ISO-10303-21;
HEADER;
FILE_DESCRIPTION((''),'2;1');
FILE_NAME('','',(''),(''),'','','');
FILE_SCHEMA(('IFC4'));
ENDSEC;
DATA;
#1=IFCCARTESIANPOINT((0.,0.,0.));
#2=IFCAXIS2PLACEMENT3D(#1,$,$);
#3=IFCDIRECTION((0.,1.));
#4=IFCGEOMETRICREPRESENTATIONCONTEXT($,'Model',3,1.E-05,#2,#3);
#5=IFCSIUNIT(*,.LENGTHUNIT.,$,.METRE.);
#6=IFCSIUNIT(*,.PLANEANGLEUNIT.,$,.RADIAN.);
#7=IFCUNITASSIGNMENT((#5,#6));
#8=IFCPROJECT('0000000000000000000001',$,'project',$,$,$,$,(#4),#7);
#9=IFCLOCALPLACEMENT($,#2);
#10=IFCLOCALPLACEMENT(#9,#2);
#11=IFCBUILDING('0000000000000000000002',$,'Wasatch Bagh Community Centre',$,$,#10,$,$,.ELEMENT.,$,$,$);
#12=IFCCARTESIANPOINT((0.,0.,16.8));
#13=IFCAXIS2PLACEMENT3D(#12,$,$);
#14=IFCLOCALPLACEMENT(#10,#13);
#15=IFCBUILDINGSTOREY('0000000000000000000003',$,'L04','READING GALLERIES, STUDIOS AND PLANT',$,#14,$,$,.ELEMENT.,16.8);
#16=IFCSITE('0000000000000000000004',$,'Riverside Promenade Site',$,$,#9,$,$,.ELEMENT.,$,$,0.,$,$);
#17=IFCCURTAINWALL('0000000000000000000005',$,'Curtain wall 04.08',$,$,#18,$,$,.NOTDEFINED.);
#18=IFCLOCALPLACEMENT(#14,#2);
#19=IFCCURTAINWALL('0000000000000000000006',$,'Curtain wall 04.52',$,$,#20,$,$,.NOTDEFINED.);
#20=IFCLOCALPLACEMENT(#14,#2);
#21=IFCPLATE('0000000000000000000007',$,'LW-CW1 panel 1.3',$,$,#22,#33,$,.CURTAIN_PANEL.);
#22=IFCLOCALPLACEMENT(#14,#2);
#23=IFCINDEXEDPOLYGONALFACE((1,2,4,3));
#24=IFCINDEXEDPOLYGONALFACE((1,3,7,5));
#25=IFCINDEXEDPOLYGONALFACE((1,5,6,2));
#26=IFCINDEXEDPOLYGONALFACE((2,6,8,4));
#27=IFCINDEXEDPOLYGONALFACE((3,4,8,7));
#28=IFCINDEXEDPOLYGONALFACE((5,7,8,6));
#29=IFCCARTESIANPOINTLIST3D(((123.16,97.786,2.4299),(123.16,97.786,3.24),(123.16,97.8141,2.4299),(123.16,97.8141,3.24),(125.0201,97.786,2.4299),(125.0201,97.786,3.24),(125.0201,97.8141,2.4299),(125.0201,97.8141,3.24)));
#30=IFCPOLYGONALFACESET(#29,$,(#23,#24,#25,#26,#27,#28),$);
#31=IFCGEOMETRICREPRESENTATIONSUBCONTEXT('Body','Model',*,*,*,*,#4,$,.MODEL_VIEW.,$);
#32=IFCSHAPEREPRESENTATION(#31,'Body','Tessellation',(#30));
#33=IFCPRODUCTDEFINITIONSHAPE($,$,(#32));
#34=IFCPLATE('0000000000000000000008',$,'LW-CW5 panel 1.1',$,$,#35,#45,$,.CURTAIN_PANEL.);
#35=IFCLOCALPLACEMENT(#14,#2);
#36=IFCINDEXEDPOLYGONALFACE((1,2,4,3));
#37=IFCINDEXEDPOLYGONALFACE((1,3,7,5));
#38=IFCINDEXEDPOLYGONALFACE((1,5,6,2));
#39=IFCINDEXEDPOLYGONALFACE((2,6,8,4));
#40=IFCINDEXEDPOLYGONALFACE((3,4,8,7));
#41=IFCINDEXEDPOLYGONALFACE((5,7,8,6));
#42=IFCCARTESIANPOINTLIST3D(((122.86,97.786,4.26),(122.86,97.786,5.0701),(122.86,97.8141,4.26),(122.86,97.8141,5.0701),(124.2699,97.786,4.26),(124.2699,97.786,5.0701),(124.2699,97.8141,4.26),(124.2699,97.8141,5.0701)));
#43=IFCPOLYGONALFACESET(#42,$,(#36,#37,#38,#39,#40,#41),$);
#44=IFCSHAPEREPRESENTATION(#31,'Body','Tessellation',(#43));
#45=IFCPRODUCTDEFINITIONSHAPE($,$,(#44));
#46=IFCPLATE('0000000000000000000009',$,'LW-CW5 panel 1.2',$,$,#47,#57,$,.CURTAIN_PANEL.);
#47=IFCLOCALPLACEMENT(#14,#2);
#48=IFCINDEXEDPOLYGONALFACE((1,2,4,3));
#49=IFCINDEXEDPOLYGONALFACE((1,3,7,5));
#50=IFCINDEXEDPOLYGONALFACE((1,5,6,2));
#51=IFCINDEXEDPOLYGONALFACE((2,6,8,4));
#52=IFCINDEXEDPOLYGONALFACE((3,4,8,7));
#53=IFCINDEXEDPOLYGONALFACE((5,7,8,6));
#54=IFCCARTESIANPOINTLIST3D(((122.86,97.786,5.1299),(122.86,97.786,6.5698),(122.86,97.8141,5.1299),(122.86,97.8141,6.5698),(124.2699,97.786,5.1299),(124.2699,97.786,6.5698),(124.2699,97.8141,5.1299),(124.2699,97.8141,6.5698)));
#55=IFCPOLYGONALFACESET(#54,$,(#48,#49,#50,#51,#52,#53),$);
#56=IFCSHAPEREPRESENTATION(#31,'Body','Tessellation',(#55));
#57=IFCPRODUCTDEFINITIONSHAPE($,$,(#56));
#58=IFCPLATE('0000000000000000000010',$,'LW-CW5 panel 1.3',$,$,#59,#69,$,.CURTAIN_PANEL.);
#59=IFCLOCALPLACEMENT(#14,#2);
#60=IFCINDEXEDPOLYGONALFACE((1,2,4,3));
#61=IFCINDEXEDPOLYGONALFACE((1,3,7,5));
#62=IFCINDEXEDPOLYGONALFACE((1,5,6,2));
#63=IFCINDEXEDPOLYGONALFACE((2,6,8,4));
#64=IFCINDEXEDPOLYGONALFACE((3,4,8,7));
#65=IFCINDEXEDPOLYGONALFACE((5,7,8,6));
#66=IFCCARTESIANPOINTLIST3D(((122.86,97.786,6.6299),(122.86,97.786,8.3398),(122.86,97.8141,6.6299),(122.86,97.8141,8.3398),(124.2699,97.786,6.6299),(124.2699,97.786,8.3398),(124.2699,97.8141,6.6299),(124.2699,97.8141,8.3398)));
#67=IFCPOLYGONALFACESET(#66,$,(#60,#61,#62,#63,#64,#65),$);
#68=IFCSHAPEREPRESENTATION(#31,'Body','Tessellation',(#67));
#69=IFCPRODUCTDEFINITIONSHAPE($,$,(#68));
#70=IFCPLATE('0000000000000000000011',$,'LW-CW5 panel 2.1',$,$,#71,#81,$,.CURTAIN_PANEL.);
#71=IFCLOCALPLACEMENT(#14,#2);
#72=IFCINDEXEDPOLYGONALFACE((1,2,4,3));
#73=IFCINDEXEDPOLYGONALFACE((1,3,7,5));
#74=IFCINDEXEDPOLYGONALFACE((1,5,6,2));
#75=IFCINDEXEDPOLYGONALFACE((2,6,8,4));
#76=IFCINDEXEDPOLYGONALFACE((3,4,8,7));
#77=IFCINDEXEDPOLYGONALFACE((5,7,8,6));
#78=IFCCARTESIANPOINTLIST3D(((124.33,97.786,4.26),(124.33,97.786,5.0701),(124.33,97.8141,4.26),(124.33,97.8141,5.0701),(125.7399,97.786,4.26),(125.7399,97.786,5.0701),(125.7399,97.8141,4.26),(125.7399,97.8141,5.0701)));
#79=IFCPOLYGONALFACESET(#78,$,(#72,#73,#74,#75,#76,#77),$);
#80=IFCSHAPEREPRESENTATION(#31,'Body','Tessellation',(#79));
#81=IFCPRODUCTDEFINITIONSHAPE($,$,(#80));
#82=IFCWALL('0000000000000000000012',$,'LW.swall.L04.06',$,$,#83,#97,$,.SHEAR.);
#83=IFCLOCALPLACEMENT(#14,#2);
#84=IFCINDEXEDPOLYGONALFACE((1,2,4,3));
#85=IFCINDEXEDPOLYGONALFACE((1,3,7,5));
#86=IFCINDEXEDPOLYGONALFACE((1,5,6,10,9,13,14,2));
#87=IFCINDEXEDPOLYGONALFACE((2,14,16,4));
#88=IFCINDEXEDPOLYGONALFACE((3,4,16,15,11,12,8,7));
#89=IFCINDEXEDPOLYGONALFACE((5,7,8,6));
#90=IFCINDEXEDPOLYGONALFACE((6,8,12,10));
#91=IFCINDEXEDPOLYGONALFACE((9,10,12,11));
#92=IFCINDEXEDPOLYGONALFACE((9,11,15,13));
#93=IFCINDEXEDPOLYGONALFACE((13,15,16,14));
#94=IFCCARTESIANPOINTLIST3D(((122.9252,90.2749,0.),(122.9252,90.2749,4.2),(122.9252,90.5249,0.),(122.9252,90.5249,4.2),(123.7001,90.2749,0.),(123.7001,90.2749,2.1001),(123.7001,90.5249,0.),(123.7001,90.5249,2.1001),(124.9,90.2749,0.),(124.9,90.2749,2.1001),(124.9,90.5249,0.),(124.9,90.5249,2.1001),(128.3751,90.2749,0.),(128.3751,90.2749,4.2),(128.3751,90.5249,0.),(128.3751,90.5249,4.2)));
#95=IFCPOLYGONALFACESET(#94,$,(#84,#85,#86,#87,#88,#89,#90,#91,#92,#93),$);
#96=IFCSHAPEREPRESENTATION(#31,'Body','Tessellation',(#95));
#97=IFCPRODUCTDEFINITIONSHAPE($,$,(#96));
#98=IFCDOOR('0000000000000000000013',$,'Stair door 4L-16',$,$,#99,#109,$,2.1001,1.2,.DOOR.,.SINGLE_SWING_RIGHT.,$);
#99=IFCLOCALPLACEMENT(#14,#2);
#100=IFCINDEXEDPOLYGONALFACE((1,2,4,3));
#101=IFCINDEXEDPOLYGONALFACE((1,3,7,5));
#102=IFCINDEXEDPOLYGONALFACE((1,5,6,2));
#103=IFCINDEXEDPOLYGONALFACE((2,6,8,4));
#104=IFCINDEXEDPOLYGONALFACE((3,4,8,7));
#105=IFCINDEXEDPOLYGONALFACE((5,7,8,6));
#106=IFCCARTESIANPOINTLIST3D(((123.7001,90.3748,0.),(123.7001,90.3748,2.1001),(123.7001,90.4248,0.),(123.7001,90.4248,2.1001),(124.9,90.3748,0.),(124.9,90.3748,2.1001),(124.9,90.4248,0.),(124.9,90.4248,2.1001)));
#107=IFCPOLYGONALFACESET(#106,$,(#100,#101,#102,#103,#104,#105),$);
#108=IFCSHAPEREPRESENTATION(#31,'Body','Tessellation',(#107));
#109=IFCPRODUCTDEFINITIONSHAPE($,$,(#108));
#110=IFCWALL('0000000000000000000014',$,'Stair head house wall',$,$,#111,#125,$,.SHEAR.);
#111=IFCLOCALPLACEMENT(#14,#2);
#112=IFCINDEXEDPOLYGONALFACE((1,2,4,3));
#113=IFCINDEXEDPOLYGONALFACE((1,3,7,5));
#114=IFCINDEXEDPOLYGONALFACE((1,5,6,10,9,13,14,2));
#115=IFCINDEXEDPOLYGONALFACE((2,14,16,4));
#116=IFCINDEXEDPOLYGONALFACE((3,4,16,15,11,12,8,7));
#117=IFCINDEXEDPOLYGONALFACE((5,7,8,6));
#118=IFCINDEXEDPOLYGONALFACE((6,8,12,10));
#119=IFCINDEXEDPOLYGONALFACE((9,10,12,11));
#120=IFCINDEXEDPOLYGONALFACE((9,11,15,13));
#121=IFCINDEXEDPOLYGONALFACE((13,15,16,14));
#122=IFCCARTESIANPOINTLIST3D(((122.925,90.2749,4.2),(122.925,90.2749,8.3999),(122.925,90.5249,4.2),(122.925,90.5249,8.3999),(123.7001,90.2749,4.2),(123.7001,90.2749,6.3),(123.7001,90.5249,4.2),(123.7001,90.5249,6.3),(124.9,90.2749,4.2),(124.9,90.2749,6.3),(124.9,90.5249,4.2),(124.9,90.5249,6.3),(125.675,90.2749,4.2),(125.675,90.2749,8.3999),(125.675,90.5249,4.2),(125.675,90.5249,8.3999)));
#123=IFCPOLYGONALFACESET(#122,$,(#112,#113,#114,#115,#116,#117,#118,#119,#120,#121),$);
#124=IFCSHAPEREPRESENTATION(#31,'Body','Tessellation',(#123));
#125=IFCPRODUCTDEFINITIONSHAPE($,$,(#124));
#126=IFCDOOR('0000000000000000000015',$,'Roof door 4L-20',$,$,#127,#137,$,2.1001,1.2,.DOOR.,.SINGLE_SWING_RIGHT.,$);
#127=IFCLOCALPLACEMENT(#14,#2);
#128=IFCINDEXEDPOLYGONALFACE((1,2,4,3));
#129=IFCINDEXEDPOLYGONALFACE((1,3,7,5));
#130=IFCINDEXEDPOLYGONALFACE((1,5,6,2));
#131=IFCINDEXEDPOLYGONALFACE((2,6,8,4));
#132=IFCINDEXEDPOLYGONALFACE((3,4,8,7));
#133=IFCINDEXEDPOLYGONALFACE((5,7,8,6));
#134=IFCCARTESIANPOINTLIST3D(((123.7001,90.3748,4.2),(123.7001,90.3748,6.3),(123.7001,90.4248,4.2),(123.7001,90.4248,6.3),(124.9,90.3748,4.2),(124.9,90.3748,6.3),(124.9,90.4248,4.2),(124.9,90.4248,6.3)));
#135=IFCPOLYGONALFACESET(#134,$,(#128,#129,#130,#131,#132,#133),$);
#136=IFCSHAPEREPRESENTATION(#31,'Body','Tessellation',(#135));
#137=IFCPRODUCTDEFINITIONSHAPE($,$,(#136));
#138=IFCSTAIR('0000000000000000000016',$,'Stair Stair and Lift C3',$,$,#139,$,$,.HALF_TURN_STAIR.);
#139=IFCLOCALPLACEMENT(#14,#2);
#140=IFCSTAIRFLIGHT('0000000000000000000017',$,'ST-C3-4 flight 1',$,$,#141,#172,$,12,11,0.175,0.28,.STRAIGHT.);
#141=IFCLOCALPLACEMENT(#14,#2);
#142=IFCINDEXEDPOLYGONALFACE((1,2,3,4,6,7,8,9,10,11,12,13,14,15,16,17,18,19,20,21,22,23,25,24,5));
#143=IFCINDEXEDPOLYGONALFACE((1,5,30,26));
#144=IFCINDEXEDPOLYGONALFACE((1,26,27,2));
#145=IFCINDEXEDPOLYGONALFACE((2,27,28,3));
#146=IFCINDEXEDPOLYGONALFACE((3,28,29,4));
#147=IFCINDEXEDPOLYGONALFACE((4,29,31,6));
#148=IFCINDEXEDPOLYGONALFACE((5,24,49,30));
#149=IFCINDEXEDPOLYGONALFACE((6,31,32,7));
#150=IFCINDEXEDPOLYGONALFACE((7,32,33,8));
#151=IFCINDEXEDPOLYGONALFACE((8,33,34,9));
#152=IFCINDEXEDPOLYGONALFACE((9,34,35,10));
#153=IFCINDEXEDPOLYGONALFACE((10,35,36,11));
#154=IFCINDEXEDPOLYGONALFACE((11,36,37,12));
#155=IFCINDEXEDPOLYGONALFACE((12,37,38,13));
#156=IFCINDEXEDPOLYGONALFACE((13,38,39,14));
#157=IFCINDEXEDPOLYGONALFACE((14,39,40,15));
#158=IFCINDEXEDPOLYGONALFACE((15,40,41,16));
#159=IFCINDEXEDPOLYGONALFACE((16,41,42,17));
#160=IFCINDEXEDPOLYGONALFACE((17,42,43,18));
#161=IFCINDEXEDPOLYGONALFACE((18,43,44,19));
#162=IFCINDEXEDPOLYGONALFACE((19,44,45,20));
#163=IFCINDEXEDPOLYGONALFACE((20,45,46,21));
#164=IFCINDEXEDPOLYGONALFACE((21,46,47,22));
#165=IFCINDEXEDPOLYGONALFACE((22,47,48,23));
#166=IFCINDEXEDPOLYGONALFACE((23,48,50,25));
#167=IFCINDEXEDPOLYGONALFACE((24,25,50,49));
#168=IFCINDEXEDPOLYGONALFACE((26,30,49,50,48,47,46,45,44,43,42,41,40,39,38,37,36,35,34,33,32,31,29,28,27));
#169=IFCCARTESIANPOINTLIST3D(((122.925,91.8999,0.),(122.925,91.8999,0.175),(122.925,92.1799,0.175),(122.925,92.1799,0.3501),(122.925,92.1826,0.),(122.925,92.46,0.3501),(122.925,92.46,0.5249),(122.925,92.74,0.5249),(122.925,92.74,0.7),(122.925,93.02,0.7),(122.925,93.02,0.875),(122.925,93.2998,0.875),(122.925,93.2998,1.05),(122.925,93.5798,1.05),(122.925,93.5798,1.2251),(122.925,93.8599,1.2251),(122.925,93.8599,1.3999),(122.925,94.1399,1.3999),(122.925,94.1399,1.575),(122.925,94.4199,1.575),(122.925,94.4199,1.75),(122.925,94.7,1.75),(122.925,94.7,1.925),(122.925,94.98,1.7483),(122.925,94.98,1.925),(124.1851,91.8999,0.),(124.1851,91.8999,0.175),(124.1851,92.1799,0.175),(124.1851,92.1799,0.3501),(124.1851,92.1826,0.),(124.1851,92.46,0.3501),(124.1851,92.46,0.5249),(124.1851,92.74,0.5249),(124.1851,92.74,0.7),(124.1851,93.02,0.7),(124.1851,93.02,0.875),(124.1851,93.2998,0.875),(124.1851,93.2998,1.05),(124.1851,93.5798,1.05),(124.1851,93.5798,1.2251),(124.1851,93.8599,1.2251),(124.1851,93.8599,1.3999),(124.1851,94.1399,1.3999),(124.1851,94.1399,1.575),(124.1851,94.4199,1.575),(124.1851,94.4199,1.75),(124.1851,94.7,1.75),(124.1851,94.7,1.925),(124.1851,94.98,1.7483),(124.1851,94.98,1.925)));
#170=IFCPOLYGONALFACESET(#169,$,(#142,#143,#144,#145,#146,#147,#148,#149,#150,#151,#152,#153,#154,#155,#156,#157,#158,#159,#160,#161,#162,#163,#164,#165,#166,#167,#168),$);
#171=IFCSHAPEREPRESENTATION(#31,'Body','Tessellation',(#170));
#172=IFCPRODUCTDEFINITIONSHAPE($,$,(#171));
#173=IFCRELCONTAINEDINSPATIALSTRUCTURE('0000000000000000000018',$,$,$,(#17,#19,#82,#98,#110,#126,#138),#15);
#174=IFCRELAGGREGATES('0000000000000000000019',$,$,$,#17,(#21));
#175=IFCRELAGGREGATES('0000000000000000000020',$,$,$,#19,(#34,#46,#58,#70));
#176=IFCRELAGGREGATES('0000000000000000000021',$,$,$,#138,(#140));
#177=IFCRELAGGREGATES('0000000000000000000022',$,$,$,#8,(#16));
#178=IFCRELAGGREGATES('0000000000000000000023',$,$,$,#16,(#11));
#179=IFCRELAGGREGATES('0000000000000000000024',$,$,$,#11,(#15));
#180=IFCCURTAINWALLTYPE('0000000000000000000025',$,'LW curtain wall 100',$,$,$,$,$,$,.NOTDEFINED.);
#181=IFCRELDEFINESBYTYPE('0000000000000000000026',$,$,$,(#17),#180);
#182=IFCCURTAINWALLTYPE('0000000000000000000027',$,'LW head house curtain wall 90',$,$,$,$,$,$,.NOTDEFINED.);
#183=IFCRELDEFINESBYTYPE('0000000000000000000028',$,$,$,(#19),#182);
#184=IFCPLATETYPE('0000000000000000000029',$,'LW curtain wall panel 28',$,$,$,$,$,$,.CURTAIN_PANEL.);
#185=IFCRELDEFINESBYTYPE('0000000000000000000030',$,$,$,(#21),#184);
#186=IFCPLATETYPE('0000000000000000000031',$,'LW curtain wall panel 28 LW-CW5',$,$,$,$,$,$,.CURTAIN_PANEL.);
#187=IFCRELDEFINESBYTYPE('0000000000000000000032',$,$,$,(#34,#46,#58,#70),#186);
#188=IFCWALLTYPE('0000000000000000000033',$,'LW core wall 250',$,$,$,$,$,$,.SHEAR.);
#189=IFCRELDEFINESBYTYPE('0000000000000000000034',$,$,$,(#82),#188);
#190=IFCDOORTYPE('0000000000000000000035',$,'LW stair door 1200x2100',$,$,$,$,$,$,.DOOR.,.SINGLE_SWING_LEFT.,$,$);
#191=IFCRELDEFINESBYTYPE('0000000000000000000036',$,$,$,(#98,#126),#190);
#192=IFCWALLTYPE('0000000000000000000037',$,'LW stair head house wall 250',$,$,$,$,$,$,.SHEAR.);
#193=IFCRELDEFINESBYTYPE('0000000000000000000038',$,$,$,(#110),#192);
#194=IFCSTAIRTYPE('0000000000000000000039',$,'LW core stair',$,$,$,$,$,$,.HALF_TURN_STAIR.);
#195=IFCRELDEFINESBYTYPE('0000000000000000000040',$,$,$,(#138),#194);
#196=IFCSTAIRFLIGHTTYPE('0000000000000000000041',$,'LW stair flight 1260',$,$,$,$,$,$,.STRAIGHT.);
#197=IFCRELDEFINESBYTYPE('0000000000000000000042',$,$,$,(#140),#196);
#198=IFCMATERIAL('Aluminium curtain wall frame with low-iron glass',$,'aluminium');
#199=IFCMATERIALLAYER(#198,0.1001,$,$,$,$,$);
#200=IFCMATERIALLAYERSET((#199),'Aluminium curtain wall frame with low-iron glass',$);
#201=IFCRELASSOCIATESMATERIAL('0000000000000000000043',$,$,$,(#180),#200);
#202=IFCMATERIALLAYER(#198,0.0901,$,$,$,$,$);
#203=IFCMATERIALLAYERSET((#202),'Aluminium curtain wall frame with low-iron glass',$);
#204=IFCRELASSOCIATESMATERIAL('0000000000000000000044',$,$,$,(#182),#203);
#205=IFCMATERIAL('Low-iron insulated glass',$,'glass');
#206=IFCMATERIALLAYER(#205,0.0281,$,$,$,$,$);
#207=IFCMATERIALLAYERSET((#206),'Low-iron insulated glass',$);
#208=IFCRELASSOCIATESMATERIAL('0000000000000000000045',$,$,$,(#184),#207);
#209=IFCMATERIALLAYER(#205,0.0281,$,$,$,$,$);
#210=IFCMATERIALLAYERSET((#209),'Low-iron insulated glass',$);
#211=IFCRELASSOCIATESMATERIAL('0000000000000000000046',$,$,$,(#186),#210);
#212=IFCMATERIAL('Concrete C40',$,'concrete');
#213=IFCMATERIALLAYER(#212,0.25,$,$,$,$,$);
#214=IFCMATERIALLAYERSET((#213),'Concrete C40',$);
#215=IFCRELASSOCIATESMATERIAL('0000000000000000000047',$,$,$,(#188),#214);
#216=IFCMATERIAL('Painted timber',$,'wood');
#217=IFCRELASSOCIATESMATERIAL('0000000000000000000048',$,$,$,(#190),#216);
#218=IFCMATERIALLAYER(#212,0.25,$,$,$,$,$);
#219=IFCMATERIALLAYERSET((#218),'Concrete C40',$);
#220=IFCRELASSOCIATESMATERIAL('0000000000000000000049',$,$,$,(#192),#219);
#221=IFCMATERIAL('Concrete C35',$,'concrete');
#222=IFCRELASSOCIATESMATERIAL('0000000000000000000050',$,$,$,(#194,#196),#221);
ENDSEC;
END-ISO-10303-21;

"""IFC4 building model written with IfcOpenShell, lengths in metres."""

from ifc_helpers import new_model, si_unit, direction, frame, frame_2d, origin, origin_2d, place, context, subcontext, project, spatial, polyline, rectangle, outline, extrude, material, layer, layer_set, type_object, element, fill, aggregate, save


model = new_model("IFC4")

# Units and contexts
model_context = context("Model", 3, precision=1e-05, world=origin(), true_north=direction((0.0, 1.0)))
body_context = subcontext(model_context, "Body", "Model", "MODEL_VIEW")
ifc_project = project(units=[si_unit("LENGTHUNIT", "METRE"), si_unit("PLANEANGLEUNIT", "RADIAN")], contexts=[model_context])

# Site, building, storey
site_placement = place(None, origin())
site = spatial("IfcSite", under=ifc_project, at=site_placement, Name="Riverside Promenade Site", CompositionType="ELEMENT", RefElevation=0.0)
building_placement = place(site_placement, origin())
building = spatial("IfcBuilding", under=site, at=building_placement, Name="Wasatch Bagh Community Centre", CompositionType="ELEMENT")
storey_placement = place(building_placement, frame((0.0, 0.0, 16.8)))
storey = spatial("IfcBuildingStorey", under=building, at=storey_placement, Name="L04", Description="READING GALLERIES, STUDIOS AND PLANT", CompositionType="ELEMENT", Elevation=16.8)

# Shared definitions
ifc_material_1 = material(Name="Concrete C35", Category="concrete")

# Curtain walls
ifc_material_2 = material(Name="Aluminium curtain wall frame with low-iron glass", Category="aluminium")
ifc_layer_1 = layer(ifc_material_2, 0.1001)
ifc_layer_set_1 = layer_set([ifc_layer_1], Name="Aluminium curtain wall frame with low-iron glass")
curtain_wall_type_1 = type_object("IfcCurtainWallType", Name="LW curtain wall 100", PredefinedType="NOTDEFINED", material=ifc_layer_set_1)
curtain_wall_1_placement = place(storey_placement, origin())
curtain_wall_1 = element("IfcCurtainWall", 1, at=curtain_wall_1_placement, inside=storey, type_object=curtain_wall_type_1, Name="Curtain wall 04.08", PredefinedType="NOTDEFINED")
ifc_layer_2 = layer(ifc_material_2, 0.0901)
ifc_layer_set_2 = layer_set([ifc_layer_2], Name="Aluminium curtain wall frame with low-iron glass")
curtain_wall_type_2 = type_object("IfcCurtainWallType", Name="LW head house curtain wall 90", PredefinedType="NOTDEFINED", material=ifc_layer_set_2)
curtain_wall_2_placement = place(storey_placement, origin())
curtain_wall_2 = element("IfcCurtainWall", 2, at=curtain_wall_2_placement, inside=storey, type_object=curtain_wall_type_2, Name="Curtain wall 04.52", PredefinedType="NOTDEFINED")

# Plates
ifc_material_3 = material(Name="Low-iron insulated glass", Category="glass")
ifc_layer_3 = layer(ifc_material_3, 0.0281)
ifc_layer_set_3 = layer_set([ifc_layer_3], Name="Low-iron insulated glass")
plate_type_1 = type_object("IfcPlateType", Name="LW curtain wall panel 28", PredefinedType="CURTAIN_PANEL", material=ifc_layer_set_3)
plate_1_placement = place(storey_placement, frame((124.0901, 97.8, 2.4299), z_axis=(0.0, 0.0, 1.0), x_axis=(1.0, 0.0, 0.0)))
plate_1 = element("IfcPlate", 3, at=plate_1_placement, type_object=plate_type_1, Name="LW-CW1 panel 1.3", PredefinedType="CURTAIN_PANEL", context=body_context, shape_type="SweptSolid", body=[
    extrude(rectangle(XDim=1.8601, YDim=0.0281, at=origin_2d()), origin(), (0.0, 0.0, 1.0), 0.8101),
])
aggregate(curtain_wall_1, [plate_1])
ifc_layer_4 = layer(ifc_material_3, 0.0281)
ifc_layer_set_4 = layer_set([ifc_layer_4], Name="Low-iron insulated glass")
plate_type_2 = type_object("IfcPlateType", Name="LW curtain wall panel 28 LW-CW5", PredefinedType="CURTAIN_PANEL", material=ifc_layer_set_4)
plate_2_placement = place(storey_placement, frame((123.5649, 97.8, 4.26), z_axis=(0.0, 0.0, 1.0), x_axis=(1.0, 0.0, 0.0)))
plate_2 = element("IfcPlate", 4, at=plate_2_placement, type_object=plate_type_2, Name="LW-CW5 panel 1.1", PredefinedType="CURTAIN_PANEL", context=body_context, shape_type="SweptSolid", body=[
    extrude(rectangle(XDim=1.4099, YDim=0.0281, at=origin_2d()), origin(), (0.0, 0.0, 1.0), 0.8101),
])
plate_3_placement = place(storey_placement, frame((123.5649, 97.8, 5.1299), z_axis=(0.0, 0.0, 1.0), x_axis=(1.0, 0.0, 0.0)))
plate_3 = element("IfcPlate", 5, at=plate_3_placement, type_object=plate_type_2, Name="LW-CW5 panel 1.2", PredefinedType="CURTAIN_PANEL", context=body_context, shape_type="SweptSolid", body=[
    extrude(rectangle(XDim=1.4099, YDim=0.0281, at=origin_2d()), origin(), (0.0, 0.0, 1.0), 1.4399),
])
plate_4_placement = place(storey_placement, frame((123.5649, 97.8, 6.6299), z_axis=(0.0, 0.0, 1.0), x_axis=(1.0, 0.0, 0.0)))
plate_4 = element("IfcPlate", 6, at=plate_4_placement, type_object=plate_type_2, Name="LW-CW5 panel 1.3", PredefinedType="CURTAIN_PANEL", context=body_context, shape_type="SweptSolid", body=[
    extrude(rectangle(XDim=1.4099, YDim=0.0281, at=origin_2d()), origin(), (0.0, 0.0, 1.0), 1.71),
])
plate_5_placement = place(storey_placement, frame((125.0349, 97.8, 4.26), z_axis=(0.0, 0.0, 1.0), x_axis=(1.0, 0.0, 0.0)))
plate_5 = element("IfcPlate", 7, at=plate_5_placement, type_object=plate_type_2, Name="LW-CW5 panel 2.1", PredefinedType="CURTAIN_PANEL", context=body_context, shape_type="SweptSolid", body=[
    extrude(rectangle(XDim=1.4099, YDim=0.0281, at=origin_2d()), origin(), (0.0, 0.0, 1.0), 0.8101),
])
aggregate(curtain_wall_2, [plate_2, plate_3, plate_4, plate_5])

# Walls, openings, doors
ifc_material_4 = material(Name="Concrete C40", Category="concrete")
ifc_layer_5 = layer(ifc_material_4, 0.25)
ifc_layer_set_5 = layer_set([ifc_layer_5], Name="Concrete C40")
wall_type_1 = type_object("IfcWallType", Name="LW core wall 250", PredefinedType="SHEAR", material=ifc_layer_set_5)
wall_1_placement = place(storey_placement, frame((122.925, 90.3999, 0.0), z_axis=(0.0, 0.0, 1.0), x_axis=(1.0, 0.0, 0.0)))
wall_1 = element("IfcWall", 8, at=wall_1_placement, inside=storey, type_object=wall_type_1, Name="LW.swall.L04.06", PredefinedType="SHEAR", context=body_context, shape_type="SweptSolid", body=[
    extrude(rectangle(XDim=5.45, YDim=0.25, at=frame_2d((2.7251, 0.0))), origin(), (0.0, 0.0, 1.0), 4.2),
])
opening_1_placement = place(wall_1_placement, frame((0.7749, 0.0, 0.0)))
opening_1 = element("IfcOpeningElement", 9, at=opening_1_placement, cuts=wall_1, PredefinedType="OPENING", context=body_context, shape_type="SweptSolid", body=[
    extrude(rectangle(XDim=1.2, YDim=2.1001, at=frame_2d((0.6001, 1.05))), frame((0.0, 0.135, 0.0), z_axis=(0.0, -1.0, 0.0), x_axis=(1.0, 0.0, 0.0)), (0.0, 0.0, 1.0), 0.27),
])
ifc_material_5 = material(Name="Painted timber", Category="wood")
door_type = type_object("IfcDoorType", Name="LW stair door 1200x2100", OperationType="SINGLE_SWING_LEFT", PredefinedType="DOOR", material=ifc_material_5)
door_1_placement = place(opening_1_placement, origin())
door_1 = element("IfcDoor", 10, at=door_1_placement, inside=storey, type_object=door_type, Name="Stair door 4L-16", OperationType="SINGLE_SWING_RIGHT", OverallHeight=2.1001, OverallWidth=1.2, PredefinedType="DOOR", context=body_context, shape_type="SweptSolid", body=[
    extrude(rectangle(XDim=1.2, YDim=2.1001, at=frame_2d((0.6001, 1.05))), frame((0.0, 0.0249, 0.0), z_axis=(0.0, -1.0, 0.0), x_axis=(1.0, 0.0, 0.0)), (0.0, 0.0, 1.0), 0.05),
])
fill(opening_1, door_1)
ifc_layer_6 = layer(ifc_material_4, 0.25)
ifc_layer_set_6 = layer_set([ifc_layer_6], Name="Concrete C40")
wall_type_2 = type_object("IfcWallType", Name="LW stair head house wall 250", PredefinedType="SHEAR", material=ifc_layer_set_6)
wall_2_placement = place(storey_placement, frame((122.925, 90.3999, 4.2), z_axis=(0.0, 0.0, 1.0), x_axis=(1.0, 0.0, 0.0)))
wall_2 = element("IfcWall", 11, at=wall_2_placement, inside=storey, type_object=wall_type_2, Name="Stair head house wall", PredefinedType="SHEAR", context=body_context, shape_type="SweptSolid", body=[
    extrude(rectangle(XDim=2.75, YDim=0.25, at=frame_2d((1.375, 0.0))), origin(), (0.0, 0.0, 1.0), 4.2),
])
opening_2_placement = place(wall_2_placement, frame((0.7749, 0.0, 0.0)))
opening_2 = element("IfcOpeningElement", 12, at=opening_2_placement, cuts=wall_2, PredefinedType="OPENING", context=body_context, shape_type="SweptSolid", body=[
    extrude(rectangle(XDim=1.2, YDim=2.1001, at=frame_2d((0.6001, 1.05))), frame((0.0, 0.135, 0.0), z_axis=(0.0, -1.0, 0.0), x_axis=(1.0, 0.0, 0.0)), (0.0, 0.0, 1.0), 0.27),
])
door_2_placement = place(opening_2_placement, origin())
door_2 = element("IfcDoor", 13, at=door_2_placement, inside=storey, type_object=door_type, Name="Roof door 4L-20", OperationType="SINGLE_SWING_RIGHT", OverallHeight=2.1001, OverallWidth=1.2, PredefinedType="DOOR", context=body_context, shape_type="SweptSolid", body=[
    extrude(rectangle(XDim=1.2, YDim=2.1001, at=frame_2d((0.6001, 1.05))), frame((0.0, 0.0249, 0.0), z_axis=(0.0, -1.0, 0.0), x_axis=(1.0, 0.0, 0.0)), (0.0, 0.0, 1.0), 0.05),
])
fill(opening_2, door_2)

# Stair, stair flight
stair_type = type_object("IfcStairType", Name="LW core stair", PredefinedType="HALF_TURN_STAIR", material=ifc_material_1)
stair_placement = place(storey_placement, origin())
stair = element("IfcStair", 14, at=stair_placement, inside=storey, type_object=stair_type, Name="Stair Stair and Lift C3", PredefinedType="HALF_TURN_STAIR")
stair_flight_type = type_object("IfcStairFlightType", Name="LW stair flight 1260", PredefinedType="STRAIGHT", material=ifc_material_1)
stair_flight_placement = place(storey_placement, frame((123.5549, 91.8999, 0.0), z_axis=(0.0, 0.0, 1.0), x_axis=(0.0, 1.0, 0.0)))
stair_flight = element("IfcStairFlight", 15, at=stair_flight_placement, type_object=stair_flight_type, Name="ST-C3-4 flight 1", NumberOfRisers=12, NumberOfTreads=11, PredefinedType="STRAIGHT", RiserHeight=0.175, TreadLength=0.28, context=body_context, shape_type="SweptSolid", body=[
    extrude(outline(polyline([(0.0, 0.0), (0.0, 0.175), (0.28, 0.175), (0.28, 0.3501), (0.5601, 0.3501), (0.5601, 0.5249), (0.8401, 0.5249), (0.8401, 0.7), (1.1201, 0.7), (1.1201, 0.875), (1.3999, 0.875), (1.3999, 1.05), (1.6799, 1.05), (1.6799, 1.2251), (1.96, 1.2251), (1.96, 1.3999), (2.24, 1.3999), (2.24, 1.575), (2.52, 1.575), (2.52, 1.75), (2.8, 1.75), (2.8, 1.925), (3.0801, 1.925), (3.0801, 2.1001), (3.0801, 1.7483), (0.2827, 0.0), (0.0, 0.0)])), frame((0.0, 0.6299, 0.0), z_axis=(0.0, -1.0, 0.0), x_axis=(1.0, 0.0, 0.0)), (0.0, 0.0, 1.0), 1.26),
])
aggregate(stair, [stair_flight])

save(model, "model.ifc")
